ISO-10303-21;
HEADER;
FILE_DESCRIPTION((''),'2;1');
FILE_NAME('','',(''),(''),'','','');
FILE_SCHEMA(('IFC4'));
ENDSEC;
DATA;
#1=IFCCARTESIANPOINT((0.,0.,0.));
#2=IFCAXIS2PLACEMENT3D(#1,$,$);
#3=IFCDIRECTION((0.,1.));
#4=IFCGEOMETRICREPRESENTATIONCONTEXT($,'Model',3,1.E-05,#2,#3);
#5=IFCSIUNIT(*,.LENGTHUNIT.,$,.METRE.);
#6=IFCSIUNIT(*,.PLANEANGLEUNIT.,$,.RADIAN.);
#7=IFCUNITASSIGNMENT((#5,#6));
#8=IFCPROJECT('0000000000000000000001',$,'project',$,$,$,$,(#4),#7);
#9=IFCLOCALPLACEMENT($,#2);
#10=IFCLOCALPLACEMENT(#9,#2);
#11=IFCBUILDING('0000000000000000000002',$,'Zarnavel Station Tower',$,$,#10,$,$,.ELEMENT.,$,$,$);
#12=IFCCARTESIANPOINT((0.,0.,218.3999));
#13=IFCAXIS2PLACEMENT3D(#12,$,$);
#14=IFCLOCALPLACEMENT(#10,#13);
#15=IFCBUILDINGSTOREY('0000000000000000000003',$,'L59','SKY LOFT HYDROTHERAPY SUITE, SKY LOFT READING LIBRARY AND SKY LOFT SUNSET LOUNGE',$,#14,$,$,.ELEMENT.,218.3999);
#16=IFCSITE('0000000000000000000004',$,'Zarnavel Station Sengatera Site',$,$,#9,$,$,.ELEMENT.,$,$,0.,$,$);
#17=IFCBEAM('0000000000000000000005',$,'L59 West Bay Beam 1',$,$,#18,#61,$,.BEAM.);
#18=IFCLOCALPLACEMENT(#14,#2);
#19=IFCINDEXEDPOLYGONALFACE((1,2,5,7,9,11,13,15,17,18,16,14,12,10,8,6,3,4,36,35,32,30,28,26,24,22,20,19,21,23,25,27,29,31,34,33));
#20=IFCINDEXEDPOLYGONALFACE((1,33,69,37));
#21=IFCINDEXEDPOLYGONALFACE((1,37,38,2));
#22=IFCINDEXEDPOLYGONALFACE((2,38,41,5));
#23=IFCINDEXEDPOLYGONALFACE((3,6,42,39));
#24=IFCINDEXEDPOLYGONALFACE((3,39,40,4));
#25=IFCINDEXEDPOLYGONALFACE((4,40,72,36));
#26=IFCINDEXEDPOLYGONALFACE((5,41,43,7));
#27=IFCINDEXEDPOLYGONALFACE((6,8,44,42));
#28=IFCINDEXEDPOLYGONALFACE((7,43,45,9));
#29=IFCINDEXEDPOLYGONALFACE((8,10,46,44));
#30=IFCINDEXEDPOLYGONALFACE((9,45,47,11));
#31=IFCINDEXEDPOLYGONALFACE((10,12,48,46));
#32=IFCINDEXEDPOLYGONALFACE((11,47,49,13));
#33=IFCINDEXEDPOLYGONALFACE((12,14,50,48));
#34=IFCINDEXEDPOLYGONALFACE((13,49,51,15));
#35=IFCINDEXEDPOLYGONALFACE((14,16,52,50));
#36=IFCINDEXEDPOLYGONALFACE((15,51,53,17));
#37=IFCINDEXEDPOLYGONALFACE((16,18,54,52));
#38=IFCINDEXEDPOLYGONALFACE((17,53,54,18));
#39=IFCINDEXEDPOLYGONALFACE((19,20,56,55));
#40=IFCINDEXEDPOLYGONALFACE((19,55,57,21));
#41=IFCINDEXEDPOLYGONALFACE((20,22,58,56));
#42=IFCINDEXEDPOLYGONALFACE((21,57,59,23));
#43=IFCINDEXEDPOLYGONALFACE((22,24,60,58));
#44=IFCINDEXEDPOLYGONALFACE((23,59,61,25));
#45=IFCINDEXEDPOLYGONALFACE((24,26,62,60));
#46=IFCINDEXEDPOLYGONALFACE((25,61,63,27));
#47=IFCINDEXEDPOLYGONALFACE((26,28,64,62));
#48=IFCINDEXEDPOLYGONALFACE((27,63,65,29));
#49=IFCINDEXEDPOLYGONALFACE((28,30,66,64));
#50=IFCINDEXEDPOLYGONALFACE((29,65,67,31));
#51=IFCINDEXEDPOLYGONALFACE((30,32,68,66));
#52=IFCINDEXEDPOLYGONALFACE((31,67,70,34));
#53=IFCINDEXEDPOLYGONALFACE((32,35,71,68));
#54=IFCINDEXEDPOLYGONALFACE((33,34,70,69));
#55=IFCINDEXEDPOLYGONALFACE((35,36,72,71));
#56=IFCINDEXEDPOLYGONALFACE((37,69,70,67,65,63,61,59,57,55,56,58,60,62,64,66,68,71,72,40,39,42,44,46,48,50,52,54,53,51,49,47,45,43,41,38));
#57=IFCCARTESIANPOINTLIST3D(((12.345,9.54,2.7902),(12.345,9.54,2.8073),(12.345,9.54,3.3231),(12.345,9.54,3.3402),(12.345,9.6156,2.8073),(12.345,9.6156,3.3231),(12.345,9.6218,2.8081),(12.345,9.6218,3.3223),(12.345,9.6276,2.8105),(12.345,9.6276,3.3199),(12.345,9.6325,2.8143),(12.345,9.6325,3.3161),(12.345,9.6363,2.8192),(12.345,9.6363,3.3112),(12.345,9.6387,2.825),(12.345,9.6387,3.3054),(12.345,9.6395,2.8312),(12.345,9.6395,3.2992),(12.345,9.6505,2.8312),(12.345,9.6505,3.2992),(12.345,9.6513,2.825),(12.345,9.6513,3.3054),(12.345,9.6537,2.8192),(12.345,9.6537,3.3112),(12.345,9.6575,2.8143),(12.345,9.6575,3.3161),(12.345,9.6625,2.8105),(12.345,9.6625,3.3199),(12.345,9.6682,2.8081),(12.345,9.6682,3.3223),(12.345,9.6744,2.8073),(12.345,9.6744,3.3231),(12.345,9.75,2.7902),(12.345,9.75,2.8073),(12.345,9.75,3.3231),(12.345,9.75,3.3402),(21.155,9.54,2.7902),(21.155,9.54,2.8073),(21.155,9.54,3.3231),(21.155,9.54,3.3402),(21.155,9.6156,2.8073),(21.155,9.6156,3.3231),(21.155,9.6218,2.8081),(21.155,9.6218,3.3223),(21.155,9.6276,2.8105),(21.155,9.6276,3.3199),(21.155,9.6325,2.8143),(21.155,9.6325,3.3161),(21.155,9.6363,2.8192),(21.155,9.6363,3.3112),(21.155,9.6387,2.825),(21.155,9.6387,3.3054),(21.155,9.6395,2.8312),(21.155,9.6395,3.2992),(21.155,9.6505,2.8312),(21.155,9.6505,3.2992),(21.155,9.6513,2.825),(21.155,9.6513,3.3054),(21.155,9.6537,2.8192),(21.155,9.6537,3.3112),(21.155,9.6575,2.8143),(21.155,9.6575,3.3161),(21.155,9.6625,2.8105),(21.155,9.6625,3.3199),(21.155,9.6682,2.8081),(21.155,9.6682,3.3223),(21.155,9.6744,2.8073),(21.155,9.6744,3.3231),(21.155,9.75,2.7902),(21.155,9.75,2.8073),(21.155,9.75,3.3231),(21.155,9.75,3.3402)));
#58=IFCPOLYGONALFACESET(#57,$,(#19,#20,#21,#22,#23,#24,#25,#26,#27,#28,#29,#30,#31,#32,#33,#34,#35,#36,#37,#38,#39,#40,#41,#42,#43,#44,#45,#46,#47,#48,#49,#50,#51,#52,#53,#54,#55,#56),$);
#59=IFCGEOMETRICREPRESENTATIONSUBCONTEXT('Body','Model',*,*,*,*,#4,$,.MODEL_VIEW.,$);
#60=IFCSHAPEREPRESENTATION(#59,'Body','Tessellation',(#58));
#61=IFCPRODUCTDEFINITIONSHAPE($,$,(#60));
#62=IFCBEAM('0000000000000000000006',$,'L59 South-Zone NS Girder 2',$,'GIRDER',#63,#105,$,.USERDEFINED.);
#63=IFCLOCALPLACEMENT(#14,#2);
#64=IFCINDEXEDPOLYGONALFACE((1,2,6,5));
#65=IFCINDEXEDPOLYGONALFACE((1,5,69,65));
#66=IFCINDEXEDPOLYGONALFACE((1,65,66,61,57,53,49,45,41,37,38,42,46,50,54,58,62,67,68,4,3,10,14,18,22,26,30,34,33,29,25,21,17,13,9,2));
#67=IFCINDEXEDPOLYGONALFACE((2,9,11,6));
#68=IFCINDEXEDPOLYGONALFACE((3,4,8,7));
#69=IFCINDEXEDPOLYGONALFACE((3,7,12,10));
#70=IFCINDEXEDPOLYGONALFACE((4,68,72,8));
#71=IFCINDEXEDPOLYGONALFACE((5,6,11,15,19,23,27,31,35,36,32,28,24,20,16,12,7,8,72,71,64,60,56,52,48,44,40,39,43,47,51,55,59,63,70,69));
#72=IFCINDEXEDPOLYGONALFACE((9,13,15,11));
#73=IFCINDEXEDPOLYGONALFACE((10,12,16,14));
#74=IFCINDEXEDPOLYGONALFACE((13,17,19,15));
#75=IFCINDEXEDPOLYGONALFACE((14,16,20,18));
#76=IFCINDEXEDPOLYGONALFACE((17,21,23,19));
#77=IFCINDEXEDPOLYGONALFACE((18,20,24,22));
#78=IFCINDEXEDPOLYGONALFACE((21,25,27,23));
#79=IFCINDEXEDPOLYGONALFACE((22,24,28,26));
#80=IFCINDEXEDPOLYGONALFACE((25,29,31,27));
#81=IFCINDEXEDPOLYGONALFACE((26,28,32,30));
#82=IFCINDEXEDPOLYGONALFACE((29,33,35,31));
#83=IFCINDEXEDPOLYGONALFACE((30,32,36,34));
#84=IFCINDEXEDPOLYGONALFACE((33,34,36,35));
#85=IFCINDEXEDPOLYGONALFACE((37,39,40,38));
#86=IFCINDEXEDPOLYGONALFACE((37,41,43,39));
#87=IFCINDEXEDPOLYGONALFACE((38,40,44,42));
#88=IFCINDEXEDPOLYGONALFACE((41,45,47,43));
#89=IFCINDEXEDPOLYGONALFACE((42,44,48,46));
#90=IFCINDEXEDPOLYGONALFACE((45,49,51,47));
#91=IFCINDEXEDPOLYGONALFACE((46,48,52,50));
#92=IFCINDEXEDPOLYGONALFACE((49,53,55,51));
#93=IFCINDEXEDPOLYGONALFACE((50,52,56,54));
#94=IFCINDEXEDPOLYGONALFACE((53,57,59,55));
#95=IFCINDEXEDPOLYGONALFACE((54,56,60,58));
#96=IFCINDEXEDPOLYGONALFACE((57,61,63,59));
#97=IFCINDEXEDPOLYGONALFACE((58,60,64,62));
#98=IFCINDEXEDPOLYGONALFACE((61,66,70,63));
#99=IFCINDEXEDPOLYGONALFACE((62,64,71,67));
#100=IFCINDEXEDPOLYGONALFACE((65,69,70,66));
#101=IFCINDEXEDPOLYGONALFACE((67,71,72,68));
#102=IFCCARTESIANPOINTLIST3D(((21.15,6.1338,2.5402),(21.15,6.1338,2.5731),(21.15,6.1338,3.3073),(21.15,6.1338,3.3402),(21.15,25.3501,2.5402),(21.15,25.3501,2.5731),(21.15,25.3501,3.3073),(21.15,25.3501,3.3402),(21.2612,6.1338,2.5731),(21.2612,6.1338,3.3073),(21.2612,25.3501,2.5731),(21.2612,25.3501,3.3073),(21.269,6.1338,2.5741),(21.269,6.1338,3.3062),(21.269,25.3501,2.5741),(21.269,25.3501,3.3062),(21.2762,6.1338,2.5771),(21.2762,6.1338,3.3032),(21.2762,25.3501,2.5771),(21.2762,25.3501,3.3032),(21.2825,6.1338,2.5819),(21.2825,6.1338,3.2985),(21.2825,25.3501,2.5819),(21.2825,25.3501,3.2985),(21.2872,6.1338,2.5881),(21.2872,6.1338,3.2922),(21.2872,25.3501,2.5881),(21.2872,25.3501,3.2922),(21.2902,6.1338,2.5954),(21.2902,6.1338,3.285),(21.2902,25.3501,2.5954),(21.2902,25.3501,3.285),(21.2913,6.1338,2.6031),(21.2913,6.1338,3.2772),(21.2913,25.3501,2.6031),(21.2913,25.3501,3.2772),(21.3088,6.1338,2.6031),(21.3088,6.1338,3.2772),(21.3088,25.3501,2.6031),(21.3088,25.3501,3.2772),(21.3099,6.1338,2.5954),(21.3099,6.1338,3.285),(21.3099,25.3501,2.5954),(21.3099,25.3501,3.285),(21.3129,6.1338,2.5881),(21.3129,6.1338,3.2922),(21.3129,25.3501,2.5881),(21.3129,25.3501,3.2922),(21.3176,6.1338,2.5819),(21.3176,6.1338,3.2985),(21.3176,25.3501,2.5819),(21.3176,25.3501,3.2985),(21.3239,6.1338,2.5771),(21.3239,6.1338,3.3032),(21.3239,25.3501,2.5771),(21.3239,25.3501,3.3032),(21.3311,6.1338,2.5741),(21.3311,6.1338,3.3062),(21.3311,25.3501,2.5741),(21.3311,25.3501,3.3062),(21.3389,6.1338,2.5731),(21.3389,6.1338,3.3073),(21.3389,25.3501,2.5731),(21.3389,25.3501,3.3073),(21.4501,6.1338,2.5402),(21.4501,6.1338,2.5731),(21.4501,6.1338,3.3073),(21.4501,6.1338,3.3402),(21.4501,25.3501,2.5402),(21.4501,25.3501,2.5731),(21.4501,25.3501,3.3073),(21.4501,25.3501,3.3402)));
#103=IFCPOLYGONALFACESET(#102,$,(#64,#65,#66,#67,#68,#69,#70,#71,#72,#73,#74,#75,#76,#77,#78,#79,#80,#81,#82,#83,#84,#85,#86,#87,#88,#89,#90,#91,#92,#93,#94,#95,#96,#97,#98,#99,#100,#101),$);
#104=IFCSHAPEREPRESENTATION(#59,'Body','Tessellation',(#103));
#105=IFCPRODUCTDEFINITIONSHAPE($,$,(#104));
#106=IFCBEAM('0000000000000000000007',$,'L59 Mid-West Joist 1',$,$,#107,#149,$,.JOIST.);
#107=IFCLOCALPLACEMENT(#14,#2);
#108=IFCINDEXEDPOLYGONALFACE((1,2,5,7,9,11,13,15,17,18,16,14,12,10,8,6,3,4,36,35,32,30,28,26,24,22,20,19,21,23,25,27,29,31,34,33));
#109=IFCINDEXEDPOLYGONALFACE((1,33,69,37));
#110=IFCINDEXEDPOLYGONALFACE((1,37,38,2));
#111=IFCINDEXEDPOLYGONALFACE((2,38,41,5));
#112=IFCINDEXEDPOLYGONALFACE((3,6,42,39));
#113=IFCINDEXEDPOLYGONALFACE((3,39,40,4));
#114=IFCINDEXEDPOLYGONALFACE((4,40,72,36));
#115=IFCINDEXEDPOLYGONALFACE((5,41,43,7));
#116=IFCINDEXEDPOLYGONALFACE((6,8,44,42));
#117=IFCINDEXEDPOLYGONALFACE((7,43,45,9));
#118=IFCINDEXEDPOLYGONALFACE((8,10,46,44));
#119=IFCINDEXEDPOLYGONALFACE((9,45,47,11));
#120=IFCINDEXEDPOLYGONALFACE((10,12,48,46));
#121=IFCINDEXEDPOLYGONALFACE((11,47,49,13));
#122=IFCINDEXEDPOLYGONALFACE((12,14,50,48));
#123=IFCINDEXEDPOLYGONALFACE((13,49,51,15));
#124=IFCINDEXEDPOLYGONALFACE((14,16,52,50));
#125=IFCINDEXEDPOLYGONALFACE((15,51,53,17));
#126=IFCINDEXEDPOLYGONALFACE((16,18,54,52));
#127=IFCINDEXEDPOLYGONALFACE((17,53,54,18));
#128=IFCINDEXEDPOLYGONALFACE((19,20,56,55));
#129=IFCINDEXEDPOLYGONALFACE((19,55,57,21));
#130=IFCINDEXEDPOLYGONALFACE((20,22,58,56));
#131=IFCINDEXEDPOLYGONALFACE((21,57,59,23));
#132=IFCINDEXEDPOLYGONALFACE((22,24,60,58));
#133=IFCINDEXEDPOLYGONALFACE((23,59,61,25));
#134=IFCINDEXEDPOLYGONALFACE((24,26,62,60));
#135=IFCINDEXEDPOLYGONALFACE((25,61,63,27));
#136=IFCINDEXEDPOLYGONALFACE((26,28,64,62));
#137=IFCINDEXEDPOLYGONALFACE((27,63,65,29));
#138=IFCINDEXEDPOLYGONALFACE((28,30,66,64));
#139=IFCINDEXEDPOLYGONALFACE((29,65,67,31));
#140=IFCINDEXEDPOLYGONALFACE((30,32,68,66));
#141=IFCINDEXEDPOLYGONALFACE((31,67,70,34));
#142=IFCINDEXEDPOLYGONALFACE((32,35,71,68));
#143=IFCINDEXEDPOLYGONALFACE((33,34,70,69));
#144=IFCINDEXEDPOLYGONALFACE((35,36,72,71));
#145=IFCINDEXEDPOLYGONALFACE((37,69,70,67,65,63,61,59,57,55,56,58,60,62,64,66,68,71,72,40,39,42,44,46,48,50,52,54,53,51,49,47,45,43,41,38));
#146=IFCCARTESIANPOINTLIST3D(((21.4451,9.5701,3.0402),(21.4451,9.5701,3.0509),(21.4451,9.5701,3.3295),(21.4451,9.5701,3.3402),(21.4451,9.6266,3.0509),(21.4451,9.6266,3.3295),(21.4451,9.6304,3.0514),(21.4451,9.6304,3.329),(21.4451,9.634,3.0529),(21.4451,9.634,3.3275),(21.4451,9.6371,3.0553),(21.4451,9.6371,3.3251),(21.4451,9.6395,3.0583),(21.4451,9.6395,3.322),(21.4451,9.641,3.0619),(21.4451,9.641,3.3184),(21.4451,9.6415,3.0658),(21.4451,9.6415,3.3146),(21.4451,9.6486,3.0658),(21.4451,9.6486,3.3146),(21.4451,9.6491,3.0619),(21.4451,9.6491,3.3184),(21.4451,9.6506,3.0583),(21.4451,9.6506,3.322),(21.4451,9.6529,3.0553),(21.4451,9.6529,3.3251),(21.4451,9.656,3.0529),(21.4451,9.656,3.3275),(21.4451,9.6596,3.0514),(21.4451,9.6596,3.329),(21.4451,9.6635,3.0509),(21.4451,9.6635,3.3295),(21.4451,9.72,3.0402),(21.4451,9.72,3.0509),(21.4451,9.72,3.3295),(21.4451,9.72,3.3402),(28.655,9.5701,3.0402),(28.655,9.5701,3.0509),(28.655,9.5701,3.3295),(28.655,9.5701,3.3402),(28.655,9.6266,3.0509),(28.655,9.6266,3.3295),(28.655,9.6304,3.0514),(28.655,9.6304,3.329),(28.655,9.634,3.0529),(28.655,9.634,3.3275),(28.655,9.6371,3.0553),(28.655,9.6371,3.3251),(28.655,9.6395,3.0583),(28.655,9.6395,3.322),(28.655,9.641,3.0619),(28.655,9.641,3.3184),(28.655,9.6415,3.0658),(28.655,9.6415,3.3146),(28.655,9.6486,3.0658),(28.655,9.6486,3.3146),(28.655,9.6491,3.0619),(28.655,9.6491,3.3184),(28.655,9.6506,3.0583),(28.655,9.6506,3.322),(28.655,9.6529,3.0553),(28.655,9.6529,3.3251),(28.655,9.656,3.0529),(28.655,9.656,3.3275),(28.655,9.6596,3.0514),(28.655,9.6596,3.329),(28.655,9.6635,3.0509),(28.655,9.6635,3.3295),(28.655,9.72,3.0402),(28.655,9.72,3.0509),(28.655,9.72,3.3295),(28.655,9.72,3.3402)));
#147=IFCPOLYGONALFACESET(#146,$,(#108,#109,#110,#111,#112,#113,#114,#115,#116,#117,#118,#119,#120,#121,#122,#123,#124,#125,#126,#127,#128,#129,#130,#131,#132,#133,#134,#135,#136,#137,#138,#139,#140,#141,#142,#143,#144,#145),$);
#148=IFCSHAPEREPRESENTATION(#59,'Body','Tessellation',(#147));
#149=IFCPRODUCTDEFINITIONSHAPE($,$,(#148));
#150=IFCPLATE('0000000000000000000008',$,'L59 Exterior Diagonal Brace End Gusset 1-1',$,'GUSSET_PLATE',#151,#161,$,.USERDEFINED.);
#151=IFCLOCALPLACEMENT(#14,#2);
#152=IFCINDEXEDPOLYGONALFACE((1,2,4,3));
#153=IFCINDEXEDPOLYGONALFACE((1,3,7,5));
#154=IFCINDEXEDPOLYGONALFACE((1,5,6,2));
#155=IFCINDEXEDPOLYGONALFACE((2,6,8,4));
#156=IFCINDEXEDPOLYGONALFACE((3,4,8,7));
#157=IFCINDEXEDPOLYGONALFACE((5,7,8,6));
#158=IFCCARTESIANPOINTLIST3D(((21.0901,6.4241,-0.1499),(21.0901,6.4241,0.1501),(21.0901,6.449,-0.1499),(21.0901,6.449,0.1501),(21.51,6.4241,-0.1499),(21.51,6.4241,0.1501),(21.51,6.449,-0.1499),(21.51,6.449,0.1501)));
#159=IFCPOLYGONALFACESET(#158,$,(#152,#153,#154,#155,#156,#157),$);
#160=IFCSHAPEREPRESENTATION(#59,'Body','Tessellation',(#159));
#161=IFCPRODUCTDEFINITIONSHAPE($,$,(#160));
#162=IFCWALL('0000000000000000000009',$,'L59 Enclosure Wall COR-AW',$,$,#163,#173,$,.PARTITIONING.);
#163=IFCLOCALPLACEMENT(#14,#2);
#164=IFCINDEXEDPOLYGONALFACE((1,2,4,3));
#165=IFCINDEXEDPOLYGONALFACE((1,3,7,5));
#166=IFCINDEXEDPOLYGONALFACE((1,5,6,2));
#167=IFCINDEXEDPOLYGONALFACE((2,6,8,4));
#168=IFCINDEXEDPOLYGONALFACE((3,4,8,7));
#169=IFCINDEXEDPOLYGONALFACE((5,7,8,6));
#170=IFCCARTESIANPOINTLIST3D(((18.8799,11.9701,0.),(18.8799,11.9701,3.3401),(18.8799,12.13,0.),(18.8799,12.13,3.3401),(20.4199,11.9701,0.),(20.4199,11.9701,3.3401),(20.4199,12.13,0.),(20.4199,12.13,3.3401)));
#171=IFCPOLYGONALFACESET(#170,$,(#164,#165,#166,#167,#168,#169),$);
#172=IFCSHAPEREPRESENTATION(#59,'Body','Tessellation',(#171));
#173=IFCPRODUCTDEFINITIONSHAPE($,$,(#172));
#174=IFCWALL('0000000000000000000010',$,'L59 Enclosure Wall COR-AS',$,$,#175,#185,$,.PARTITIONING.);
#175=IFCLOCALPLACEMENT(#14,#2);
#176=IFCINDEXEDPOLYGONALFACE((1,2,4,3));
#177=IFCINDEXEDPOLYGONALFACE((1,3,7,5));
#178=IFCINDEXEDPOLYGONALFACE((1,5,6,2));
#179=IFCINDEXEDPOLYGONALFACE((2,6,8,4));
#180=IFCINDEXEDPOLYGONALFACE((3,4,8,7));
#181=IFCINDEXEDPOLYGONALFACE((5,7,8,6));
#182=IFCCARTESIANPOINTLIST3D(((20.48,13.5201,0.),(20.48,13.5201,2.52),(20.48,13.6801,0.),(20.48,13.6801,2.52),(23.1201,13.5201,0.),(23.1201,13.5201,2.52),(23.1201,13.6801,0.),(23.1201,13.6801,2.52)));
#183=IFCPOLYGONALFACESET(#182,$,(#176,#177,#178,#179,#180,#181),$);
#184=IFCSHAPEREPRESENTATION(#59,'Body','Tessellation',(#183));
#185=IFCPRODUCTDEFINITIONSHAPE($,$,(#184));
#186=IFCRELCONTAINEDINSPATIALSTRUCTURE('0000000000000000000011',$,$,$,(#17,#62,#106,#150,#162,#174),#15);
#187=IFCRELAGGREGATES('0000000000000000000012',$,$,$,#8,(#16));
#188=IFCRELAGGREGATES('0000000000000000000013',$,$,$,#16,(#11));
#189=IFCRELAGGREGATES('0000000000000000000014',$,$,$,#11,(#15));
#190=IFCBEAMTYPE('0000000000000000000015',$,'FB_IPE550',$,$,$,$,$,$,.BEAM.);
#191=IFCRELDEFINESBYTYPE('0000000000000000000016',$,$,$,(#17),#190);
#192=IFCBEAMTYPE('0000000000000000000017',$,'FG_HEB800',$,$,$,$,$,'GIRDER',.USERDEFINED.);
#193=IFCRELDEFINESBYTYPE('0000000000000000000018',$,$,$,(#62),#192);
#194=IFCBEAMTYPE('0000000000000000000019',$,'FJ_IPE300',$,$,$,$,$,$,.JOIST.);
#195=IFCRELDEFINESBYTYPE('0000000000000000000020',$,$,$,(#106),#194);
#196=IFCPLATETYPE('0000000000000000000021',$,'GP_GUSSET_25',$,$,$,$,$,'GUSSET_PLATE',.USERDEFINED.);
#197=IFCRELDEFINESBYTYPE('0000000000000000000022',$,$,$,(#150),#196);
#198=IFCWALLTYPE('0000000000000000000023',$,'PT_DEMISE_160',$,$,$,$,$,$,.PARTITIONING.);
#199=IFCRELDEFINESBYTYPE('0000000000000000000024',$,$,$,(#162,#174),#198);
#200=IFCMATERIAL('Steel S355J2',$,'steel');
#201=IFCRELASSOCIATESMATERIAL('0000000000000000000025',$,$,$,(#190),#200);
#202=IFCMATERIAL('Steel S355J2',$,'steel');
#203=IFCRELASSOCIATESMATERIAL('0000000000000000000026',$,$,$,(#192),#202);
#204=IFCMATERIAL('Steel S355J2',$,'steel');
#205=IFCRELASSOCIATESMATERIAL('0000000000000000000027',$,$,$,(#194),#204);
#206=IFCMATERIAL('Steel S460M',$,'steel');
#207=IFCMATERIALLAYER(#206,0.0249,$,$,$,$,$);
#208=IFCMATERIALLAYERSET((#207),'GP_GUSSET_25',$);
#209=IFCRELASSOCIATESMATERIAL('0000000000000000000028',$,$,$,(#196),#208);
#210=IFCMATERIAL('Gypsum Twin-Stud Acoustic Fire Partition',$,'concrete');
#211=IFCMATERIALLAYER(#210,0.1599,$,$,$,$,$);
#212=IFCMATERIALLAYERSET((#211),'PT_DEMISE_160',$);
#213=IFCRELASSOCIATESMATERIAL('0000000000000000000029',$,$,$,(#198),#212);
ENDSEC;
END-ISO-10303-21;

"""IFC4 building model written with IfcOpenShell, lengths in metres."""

from ifc_helpers import new_model, si_unit, direction, frame, frame_2d, origin, origin_2d, place, context, subcontext, project, spatial, rectangle, i_section, extrude, material, layer, layer_set, material_profile, profile_set, type_object, element, save


model = new_model("IFC4")

# Units and contexts
model_context = context("Model", 3, precision=1e-05, world=origin(), true_north=direction((0.0, 1.0)))
body_context = subcontext(model_context, "Body", "Model", "MODEL_VIEW")
ifc_project = project(units=[si_unit("LENGTHUNIT", "METRE"), si_unit("PLANEANGLEUNIT", "RADIAN")], contexts=[model_context])

# Site, building, storey
site_placement = place(None, origin())
site = spatial("IfcSite", under=ifc_project, at=site_placement, Name="Zarnavel Station Sengatera Site", CompositionType="ELEMENT", RefElevation=0.0)
building_placement = place(site_placement, origin())
building = spatial("IfcBuilding", under=site, at=building_placement, Name="Zarnavel Station Tower", CompositionType="ELEMENT")
storey_placement = place(building_placement, frame((0.0, 0.0, 218.3999)))
storey = spatial("IfcBuildingStorey", under=building, at=storey_placement, Name="L59", Description="SKY LOFT HYDROTHERAPY SUITE, SKY LOFT READING LIBRARY AND SKY LOFT SUNSET LOUNGE", CompositionType="ELEMENT", Elevation=218.3999)

# Beams
ifc_material_1 = material(Name="Steel S355J2", Category="steel")
ifc_material_profile_1 = material_profile(ifc_material_1, i_section(OverallWidth=0.21, OverallDepth=0.55, WebThickness=0.011, FlangeThickness=0.0171, FilletRadius=0.0239, at=origin_2d()), Name="IPE550")
ifc_profile_set_1 = profile_set([ifc_material_profile_1], Name="Steel S355J2")
beam_type_1 = type_object("IfcBeamType", Name="FB_IPE550", PredefinedType="BEAM", material=ifc_profile_set_1)
beam_1_placement = place(storey_placement, frame((12.345, 9.645, 3.0652), z_axis=(1.0, 0.0, 0.0), x_axis=(0.0, 1.0, 0.0)))
element("IfcBeam", 1, at=beam_1_placement, inside=storey, type_object=beam_type_1, Name="L59 West Bay Beam 1", PredefinedType="BEAM", context=body_context, shape_type="SweptSolid", body=[
    extrude(i_section(OverallWidth=0.21, OverallDepth=0.55, WebThickness=0.011, FlangeThickness=0.0171, FilletRadius=0.0239, at=origin_2d()), origin(), (0.0, 0.0, 1.0), 8.8101),
])
ifc_material_2 = material(Name="Steel S355J2", Category="steel")
ifc_material_profile_2 = material_profile(ifc_material_2, i_section(OverallWidth=0.3, OverallDepth=0.8, WebThickness=0.0176, FlangeThickness=0.033, FilletRadius=0.03, at=origin_2d()), Name="HEB800")
ifc_profile_set_2 = profile_set([ifc_material_profile_2], Name="Steel S355J2")
beam_type_2 = type_object("IfcBeamType", Name="FG_HEB800", ElementType="GIRDER", PredefinedType="USERDEFINED", material=ifc_profile_set_2)
beam_2_placement = place(storey_placement, frame((21.3, 6.1338, 2.9402), z_axis=(0.0, 1.0, 0.0), x_axis=(-1.0, 0.0, 0.0)))
element("IfcBeam", 2, at=beam_2_placement, inside=storey, type_object=beam_type_2, Name="L59 South-Zone NS Girder 2", ObjectType="GIRDER", PredefinedType="USERDEFINED", context=body_context, shape_type="SweptSolid", body=[
    extrude(i_section(OverallWidth=0.3, OverallDepth=0.8, WebThickness=0.0176, FlangeThickness=0.033, FilletRadius=0.03, at=origin_2d()), origin(), (0.0, 0.0, 1.0), 19.2163),
])
ifc_material_3 = material(Name="Steel S355J2", Category="steel")
ifc_material_profile_3 = material_profile(ifc_material_3, i_section(OverallWidth=0.1499, OverallDepth=0.3, WebThickness=0.0071, FlangeThickness=0.0107, FilletRadius=0.0149, at=origin_2d()), Name="IPE300")
ifc_profile_set_3 = profile_set([ifc_material_profile_3], Name="Steel S355J2")
beam_type_3 = type_object("IfcBeamType", Name="FJ_IPE300", PredefinedType="JOIST", material=ifc_profile_set_3)
beam_3_placement = place(storey_placement, frame((21.4451, 9.645, 3.1902), z_axis=(1.0, 0.0, 0.0), x_axis=(0.0, 1.0, 0.0)))
element("IfcBeam", 3, at=beam_3_placement, inside=storey, type_object=beam_type_3, Name="L59 Mid-West Joist 1", PredefinedType="JOIST", context=body_context, shape_type="SweptSolid", body=[
    extrude(i_section(OverallWidth=0.1499, OverallDepth=0.3, WebThickness=0.0071, FlangeThickness=0.0107, FilletRadius=0.0149, at=origin_2d()), origin(), (0.0, 0.0, 1.0), 7.21),
])

# Plate
ifc_material_4 = material(Name="Steel S460M", Category="steel")
ifc_layer_1 = layer(ifc_material_4, 0.0249)
ifc_layer_set_1 = layer_set([ifc_layer_1], Name="GP_GUSSET_25")
plate_type = type_object("IfcPlateType", Name="GP_GUSSET_25", ElementType="GUSSET_PLATE", PredefinedType="USERDEFINED", material=ifc_layer_set_1)
plate_placement = place(storey_placement, frame((21.3, 6.4365, -0.1499), z_axis=(0.0, 0.0, 1.0), x_axis=(1.0, 0.0, 0.0)))
element("IfcPlate", 4, at=plate_placement, inside=storey, type_object=plate_type, Name="L59 Exterior Diagonal Brace End Gusset 1-1", ObjectType="GUSSET_PLATE", PredefinedType="USERDEFINED", context=body_context, shape_type="SweptSolid", body=[
    extrude(rectangle(XDim=0.4199, YDim=0.0249, at=origin_2d()), origin(), (0.0, 0.0, 1.0), 0.3),
])

# Walls
ifc_material_5 = material(Name="Gypsum Twin-Stud Acoustic Fire Partition", Category="concrete")
ifc_layer_2 = layer(ifc_material_5, 0.1599)
ifc_layer_set_2 = layer_set([ifc_layer_2], Name="PT_DEMISE_160")
wall_type_1 = type_object("IfcWallType", Name="PT_DEMISE_160", PredefinedType="PARTITIONING", material=ifc_layer_set_2)
wall_1_placement = place(storey_placement, frame((18.8799, 12.05, 0.0), z_axis=(0.0, 0.0, 1.0), x_axis=(1.0, 0.0, 0.0)))
element("IfcWall", 5, at=wall_1_placement, inside=storey, type_object=wall_type_1, Name="L59 Enclosure Wall COR-AW", PredefinedType="PARTITIONING", context=body_context, shape_type="SweptSolid", body=[
    extrude(rectangle(XDim=1.54, YDim=0.1599, at=frame_2d((0.77, 0.0))), origin(), (0.0, 0.0, 1.0), 3.3401),
])
wall_2_placement = place(storey_placement, frame((20.48, 13.6001, 0.0), z_axis=(0.0, 0.0, 1.0), x_axis=(1.0, 0.0, 0.0)))
element("IfcWall", 6, at=wall_2_placement, inside=storey, type_object=wall_type_1, Name="L59 Enclosure Wall COR-AS", PredefinedType="PARTITIONING", context=body_context, shape_type="SweptSolid", body=[
    extrude(rectangle(XDim=2.6401, YDim=0.1599, at=frame_2d((1.3201, 0.0))), origin(), (0.0, 0.0, 1.0), 2.52),
])

save(model, "model.ifc")
